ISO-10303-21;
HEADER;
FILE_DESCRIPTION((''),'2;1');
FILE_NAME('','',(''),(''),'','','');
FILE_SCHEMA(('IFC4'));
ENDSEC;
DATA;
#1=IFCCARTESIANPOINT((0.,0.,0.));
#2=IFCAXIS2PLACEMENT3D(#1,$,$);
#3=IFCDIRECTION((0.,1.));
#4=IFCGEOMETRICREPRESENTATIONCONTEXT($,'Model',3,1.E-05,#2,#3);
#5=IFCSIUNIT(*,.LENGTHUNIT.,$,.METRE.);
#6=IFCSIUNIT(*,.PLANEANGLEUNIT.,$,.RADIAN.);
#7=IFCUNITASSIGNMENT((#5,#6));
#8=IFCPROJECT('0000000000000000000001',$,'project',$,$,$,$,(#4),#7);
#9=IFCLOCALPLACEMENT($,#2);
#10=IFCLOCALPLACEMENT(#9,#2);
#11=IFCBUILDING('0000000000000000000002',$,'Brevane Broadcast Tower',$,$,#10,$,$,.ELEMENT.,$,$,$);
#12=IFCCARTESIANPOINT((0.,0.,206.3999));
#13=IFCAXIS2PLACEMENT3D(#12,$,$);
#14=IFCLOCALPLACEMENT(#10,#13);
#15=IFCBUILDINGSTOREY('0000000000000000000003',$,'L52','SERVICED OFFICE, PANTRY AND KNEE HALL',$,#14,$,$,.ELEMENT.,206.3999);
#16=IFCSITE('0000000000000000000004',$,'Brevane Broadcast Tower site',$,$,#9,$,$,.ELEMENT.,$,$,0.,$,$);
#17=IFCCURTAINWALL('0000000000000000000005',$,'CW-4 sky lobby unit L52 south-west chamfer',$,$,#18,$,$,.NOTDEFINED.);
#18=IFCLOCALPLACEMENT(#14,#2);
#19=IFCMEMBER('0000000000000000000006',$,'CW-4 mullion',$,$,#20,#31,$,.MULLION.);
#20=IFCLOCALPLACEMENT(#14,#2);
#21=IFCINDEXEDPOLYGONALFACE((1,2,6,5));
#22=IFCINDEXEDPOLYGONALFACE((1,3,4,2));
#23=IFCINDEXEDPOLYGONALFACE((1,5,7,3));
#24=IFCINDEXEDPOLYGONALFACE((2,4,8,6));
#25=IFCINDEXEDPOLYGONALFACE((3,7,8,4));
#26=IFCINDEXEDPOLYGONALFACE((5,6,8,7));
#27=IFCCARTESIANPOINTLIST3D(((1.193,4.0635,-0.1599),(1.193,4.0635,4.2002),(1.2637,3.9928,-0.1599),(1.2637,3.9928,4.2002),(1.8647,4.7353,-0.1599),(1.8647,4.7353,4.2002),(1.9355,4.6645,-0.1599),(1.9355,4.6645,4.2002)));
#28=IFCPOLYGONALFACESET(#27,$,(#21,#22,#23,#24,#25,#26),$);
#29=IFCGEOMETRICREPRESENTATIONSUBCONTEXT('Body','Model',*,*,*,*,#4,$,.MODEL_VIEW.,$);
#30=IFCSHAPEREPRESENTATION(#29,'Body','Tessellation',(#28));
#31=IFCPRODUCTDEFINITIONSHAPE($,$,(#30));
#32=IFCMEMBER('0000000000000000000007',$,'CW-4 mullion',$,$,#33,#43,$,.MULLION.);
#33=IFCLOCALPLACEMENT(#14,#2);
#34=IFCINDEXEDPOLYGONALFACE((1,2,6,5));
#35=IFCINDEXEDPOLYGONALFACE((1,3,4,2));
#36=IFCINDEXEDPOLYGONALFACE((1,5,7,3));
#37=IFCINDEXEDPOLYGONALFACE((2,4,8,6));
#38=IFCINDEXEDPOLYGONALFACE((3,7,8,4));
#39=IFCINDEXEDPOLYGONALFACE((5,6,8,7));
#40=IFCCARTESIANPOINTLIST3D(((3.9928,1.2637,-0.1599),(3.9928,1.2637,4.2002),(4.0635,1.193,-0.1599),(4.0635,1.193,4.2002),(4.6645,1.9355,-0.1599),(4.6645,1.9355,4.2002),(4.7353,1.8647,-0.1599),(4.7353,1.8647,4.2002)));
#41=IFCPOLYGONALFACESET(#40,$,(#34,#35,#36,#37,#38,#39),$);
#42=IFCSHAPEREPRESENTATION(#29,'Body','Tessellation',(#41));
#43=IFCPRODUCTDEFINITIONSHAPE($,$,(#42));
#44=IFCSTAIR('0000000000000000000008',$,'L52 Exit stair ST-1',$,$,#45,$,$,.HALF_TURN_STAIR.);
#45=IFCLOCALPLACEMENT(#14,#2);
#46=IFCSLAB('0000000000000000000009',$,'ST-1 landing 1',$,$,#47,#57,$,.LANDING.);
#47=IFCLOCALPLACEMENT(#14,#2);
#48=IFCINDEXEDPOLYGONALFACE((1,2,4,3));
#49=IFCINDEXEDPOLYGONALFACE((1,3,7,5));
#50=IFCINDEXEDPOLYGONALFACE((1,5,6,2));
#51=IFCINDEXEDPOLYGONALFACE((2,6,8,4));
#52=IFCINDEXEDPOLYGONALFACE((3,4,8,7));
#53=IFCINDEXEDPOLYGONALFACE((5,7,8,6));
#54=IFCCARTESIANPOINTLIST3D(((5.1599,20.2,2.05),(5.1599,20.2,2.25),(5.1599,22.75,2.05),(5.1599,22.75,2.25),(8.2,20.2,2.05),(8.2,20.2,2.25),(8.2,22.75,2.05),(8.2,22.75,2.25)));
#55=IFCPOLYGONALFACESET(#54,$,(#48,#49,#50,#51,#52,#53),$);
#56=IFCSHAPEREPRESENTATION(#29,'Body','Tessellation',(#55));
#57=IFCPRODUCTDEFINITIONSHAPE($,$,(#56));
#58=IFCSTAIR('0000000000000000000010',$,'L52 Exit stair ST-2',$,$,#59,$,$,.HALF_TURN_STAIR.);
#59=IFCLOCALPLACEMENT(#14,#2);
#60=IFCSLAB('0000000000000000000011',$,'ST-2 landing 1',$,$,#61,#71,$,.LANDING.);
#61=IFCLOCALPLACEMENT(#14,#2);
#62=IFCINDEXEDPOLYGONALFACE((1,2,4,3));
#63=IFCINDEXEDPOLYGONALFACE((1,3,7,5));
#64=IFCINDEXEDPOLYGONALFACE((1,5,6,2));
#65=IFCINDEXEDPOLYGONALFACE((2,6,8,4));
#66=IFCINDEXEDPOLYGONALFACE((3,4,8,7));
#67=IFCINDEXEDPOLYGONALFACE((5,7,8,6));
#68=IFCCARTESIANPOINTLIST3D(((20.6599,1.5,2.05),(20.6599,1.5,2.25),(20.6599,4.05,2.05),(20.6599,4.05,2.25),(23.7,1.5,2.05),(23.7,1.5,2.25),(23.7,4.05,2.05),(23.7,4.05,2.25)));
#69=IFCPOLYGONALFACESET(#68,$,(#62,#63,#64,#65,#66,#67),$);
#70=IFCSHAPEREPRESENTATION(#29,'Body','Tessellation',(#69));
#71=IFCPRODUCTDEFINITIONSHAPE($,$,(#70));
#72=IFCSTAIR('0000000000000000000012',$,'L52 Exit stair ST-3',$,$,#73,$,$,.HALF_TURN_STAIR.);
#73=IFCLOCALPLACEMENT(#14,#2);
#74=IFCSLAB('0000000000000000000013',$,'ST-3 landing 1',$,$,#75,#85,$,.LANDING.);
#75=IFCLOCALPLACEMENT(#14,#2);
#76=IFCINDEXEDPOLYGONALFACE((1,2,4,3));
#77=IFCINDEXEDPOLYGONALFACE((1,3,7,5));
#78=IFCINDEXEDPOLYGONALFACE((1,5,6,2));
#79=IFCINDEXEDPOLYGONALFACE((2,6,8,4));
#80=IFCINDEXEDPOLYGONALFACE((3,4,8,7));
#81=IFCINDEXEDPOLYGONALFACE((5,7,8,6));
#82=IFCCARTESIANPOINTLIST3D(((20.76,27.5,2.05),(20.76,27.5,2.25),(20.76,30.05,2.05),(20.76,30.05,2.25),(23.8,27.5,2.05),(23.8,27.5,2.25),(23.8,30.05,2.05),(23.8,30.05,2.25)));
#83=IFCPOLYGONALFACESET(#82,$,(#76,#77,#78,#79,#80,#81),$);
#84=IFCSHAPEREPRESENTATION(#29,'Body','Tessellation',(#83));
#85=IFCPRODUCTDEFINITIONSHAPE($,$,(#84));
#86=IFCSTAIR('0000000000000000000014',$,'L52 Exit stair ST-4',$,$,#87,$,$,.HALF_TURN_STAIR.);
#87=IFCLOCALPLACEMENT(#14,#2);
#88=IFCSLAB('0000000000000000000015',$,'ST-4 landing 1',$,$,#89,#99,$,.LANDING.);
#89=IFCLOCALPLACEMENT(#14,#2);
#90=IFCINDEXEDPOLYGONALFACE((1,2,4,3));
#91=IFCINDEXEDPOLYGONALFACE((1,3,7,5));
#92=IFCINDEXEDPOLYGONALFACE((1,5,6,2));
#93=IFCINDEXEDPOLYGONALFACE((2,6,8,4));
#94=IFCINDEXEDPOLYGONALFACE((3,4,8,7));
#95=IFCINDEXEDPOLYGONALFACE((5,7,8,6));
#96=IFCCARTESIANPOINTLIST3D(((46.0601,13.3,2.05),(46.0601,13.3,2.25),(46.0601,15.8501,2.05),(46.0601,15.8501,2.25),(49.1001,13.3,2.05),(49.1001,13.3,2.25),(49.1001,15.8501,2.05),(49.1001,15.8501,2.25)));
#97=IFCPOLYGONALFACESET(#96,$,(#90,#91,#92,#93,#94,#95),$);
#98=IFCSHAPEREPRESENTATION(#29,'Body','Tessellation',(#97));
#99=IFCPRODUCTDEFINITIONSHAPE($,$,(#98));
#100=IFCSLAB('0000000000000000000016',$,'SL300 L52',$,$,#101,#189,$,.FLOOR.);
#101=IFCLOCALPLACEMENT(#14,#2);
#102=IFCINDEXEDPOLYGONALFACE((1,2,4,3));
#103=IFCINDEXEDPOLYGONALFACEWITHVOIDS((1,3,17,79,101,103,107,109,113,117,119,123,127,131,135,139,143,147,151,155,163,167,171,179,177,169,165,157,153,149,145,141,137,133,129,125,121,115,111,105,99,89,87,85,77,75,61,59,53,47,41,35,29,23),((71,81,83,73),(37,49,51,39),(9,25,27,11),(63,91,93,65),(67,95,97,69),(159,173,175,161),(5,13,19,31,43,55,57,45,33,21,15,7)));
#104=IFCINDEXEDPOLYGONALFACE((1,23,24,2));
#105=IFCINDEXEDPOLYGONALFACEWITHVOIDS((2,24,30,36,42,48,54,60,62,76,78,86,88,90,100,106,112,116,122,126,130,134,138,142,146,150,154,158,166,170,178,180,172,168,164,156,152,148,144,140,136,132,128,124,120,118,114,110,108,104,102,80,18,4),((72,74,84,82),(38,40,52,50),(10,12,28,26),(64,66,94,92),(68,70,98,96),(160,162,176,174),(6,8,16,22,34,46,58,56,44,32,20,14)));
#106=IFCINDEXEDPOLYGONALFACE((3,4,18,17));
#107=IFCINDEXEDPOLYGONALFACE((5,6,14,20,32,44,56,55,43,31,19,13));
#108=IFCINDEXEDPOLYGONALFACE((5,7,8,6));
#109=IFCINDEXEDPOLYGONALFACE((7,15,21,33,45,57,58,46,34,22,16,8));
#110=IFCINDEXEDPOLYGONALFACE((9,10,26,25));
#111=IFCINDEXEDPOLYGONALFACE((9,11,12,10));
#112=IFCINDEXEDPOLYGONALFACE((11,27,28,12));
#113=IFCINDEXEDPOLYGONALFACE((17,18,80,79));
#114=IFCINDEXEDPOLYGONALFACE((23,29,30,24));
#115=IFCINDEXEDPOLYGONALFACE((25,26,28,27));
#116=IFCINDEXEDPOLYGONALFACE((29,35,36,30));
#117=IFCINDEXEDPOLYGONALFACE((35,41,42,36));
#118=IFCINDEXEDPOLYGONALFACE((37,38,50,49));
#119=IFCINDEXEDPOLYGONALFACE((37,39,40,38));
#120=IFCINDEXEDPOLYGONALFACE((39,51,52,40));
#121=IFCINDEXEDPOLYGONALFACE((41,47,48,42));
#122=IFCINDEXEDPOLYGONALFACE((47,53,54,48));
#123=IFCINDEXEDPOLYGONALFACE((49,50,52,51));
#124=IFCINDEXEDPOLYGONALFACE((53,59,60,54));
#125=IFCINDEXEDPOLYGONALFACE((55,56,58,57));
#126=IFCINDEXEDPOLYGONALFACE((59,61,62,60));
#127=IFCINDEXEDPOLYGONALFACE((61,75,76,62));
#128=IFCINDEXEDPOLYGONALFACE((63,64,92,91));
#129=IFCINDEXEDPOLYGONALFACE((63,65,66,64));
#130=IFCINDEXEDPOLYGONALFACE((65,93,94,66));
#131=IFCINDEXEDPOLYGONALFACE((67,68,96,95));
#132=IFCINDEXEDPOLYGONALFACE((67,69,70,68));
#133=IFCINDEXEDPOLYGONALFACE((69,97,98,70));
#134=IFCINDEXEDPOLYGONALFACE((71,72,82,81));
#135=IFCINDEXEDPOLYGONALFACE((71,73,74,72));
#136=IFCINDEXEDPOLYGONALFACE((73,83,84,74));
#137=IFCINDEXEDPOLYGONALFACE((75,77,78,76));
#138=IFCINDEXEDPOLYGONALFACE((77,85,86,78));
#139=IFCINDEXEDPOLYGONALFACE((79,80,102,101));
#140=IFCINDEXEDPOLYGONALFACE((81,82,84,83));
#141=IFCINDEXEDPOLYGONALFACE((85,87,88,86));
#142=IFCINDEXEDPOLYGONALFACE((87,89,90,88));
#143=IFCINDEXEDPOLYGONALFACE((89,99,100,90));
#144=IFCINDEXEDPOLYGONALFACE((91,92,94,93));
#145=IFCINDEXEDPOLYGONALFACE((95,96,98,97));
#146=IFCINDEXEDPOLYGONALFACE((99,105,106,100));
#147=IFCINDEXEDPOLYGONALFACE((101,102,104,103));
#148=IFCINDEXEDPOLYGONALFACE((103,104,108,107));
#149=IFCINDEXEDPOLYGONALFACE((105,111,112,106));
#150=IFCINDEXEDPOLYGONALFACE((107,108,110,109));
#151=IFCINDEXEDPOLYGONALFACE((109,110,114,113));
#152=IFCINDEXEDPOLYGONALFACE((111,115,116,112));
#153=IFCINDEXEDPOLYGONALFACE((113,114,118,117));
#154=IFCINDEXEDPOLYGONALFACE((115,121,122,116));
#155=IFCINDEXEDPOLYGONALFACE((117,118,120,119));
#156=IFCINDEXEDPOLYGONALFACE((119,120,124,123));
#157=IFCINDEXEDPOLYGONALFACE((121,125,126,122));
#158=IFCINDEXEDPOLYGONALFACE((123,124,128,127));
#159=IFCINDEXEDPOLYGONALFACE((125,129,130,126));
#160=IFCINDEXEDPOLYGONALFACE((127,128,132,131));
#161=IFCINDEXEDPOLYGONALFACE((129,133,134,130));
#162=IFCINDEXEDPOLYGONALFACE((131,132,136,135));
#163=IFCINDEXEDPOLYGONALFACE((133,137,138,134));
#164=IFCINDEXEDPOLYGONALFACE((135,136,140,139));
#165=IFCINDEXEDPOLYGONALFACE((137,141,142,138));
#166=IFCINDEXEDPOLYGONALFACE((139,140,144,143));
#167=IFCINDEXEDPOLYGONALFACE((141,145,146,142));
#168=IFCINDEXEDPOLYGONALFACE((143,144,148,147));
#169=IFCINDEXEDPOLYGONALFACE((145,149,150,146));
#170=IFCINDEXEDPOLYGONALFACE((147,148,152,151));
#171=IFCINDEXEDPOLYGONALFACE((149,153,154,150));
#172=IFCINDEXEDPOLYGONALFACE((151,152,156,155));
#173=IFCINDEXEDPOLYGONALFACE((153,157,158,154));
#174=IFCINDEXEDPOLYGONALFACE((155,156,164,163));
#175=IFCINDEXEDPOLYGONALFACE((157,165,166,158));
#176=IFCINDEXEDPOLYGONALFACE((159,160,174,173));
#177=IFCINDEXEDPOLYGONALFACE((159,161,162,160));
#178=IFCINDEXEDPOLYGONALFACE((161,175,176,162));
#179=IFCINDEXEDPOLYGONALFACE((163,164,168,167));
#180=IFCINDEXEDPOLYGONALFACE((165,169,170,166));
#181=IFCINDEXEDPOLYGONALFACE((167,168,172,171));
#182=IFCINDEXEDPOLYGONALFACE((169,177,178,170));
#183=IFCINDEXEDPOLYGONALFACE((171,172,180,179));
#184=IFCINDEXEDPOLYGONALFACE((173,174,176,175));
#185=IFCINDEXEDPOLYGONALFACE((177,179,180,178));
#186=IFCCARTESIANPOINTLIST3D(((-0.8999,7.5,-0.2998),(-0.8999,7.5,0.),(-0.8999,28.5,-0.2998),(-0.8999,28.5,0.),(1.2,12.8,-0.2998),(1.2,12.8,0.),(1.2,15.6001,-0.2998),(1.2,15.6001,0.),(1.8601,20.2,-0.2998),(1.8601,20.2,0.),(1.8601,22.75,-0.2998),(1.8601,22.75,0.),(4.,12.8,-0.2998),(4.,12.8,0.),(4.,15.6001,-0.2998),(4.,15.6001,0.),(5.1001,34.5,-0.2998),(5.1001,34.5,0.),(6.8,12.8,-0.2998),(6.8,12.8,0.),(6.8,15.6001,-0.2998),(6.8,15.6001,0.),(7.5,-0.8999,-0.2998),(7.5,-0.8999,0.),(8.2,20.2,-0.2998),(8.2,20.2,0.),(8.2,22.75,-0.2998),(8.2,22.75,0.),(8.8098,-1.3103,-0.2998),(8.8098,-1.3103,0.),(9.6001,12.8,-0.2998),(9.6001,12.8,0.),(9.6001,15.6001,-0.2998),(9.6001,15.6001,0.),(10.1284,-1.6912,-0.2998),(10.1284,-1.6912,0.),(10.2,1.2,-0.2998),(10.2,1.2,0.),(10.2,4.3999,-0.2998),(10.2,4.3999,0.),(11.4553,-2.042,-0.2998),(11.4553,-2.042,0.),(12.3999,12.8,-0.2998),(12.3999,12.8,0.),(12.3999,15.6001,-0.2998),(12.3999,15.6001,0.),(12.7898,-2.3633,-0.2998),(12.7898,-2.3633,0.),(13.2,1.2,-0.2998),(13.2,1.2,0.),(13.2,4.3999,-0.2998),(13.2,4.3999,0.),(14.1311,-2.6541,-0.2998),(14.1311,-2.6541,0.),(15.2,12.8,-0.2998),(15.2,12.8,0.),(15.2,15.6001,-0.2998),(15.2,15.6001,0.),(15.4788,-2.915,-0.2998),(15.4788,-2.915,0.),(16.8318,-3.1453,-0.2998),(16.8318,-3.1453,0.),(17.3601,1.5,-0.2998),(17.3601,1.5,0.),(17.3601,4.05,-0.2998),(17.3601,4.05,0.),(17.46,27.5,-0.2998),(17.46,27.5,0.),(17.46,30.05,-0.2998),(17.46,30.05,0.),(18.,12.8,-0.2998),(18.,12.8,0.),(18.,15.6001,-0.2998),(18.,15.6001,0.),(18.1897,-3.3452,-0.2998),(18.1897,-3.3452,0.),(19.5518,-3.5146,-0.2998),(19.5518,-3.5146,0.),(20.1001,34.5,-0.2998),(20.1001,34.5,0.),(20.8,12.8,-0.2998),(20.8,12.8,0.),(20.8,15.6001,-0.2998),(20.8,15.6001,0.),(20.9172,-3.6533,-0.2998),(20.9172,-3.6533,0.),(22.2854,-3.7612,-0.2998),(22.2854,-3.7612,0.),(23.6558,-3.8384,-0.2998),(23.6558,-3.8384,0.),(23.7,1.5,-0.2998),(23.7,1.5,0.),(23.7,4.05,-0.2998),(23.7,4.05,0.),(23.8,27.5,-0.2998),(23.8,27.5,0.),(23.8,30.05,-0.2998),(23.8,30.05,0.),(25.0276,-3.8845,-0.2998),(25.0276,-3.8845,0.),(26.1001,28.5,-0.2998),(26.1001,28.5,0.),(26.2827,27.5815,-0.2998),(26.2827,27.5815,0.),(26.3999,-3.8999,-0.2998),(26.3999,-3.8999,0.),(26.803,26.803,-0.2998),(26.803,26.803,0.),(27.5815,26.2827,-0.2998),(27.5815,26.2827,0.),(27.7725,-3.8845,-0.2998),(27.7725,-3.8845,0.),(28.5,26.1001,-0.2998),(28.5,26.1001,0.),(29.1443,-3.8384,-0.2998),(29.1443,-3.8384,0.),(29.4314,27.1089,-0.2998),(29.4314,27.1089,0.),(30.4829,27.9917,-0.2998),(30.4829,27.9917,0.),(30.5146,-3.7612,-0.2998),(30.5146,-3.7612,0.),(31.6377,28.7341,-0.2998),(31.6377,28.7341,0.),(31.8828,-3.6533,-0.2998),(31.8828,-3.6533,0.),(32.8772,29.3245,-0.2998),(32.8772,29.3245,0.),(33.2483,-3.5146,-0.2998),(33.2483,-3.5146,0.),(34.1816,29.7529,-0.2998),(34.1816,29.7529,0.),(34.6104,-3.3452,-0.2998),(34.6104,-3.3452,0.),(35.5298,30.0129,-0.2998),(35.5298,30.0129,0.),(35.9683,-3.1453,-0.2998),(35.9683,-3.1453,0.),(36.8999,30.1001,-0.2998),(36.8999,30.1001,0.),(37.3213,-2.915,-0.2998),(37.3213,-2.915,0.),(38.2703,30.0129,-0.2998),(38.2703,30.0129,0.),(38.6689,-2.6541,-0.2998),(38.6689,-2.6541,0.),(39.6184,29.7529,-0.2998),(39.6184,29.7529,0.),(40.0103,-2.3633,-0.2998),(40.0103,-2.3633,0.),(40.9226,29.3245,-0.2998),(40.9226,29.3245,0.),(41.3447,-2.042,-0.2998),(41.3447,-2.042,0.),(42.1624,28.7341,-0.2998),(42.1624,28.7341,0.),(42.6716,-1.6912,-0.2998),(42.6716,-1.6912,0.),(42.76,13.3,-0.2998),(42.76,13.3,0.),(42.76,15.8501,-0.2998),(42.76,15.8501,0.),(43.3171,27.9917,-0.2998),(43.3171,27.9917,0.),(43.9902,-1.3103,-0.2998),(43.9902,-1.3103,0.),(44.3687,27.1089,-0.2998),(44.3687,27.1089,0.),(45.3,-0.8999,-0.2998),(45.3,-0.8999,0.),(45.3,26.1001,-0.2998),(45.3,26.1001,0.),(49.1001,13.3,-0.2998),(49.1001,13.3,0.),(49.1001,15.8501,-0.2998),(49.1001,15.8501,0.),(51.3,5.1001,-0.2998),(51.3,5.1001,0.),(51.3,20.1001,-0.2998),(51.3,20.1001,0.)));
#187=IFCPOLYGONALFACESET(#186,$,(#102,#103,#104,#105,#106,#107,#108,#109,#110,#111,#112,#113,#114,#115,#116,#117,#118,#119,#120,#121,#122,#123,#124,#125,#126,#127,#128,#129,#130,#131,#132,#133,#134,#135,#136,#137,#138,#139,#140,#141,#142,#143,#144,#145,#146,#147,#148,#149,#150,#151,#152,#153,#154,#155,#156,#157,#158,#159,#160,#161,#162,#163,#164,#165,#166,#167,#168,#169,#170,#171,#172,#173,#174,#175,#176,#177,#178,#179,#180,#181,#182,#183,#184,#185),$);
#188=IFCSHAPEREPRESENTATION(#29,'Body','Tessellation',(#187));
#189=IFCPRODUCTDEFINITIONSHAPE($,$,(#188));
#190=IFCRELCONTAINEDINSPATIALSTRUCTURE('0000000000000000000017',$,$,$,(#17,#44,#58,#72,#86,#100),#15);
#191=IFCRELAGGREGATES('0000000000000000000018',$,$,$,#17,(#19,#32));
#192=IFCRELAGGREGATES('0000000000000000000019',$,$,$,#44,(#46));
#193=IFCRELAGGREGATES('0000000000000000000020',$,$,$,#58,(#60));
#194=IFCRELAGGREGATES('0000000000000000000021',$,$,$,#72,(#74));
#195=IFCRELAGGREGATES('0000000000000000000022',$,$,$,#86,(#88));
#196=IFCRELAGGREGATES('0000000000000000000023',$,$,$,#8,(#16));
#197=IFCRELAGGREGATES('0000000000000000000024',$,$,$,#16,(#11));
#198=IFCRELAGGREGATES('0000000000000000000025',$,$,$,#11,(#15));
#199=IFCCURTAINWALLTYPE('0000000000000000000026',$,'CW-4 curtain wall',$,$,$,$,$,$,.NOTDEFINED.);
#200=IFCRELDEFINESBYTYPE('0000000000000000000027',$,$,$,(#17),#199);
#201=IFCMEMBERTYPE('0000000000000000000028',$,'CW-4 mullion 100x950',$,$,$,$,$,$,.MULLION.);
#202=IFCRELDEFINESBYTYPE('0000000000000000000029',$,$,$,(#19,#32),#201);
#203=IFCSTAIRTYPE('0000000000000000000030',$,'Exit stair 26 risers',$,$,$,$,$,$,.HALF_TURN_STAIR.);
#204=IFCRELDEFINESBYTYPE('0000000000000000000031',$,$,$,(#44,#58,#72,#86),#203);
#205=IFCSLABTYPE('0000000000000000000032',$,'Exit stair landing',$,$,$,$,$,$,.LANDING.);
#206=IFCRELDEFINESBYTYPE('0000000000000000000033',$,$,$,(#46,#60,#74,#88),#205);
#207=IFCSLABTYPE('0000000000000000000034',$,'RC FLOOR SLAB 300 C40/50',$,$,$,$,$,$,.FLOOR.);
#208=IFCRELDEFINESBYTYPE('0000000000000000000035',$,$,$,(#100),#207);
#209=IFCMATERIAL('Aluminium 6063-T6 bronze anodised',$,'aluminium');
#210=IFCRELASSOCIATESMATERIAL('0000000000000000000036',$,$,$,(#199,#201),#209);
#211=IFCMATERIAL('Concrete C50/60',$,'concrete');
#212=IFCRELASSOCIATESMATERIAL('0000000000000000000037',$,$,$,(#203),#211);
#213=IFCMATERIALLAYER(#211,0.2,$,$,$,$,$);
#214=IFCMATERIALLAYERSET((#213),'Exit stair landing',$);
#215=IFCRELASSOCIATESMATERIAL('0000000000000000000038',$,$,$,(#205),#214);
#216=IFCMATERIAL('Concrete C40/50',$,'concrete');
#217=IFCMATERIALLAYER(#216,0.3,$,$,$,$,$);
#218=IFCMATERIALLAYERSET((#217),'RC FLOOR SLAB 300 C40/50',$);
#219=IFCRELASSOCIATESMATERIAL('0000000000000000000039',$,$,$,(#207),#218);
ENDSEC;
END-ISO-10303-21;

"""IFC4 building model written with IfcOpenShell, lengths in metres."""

from ifc_helpers import new_model, si_unit, direction, frame, origin, origin_2d, place, context, subcontext, project, spatial, polyline, rectangle, outline, extrude, material, layer, layer_set, material_profile, profile_set, type_object, element, aggregate, save


model = new_model("IFC4")

# Units and contexts
model_context = context("Model", 3, precision=1e-05, world=origin(), true_north=direction((0.0, 1.0)))
body_context = subcontext(model_context, "Body", "Model", "MODEL_VIEW")
ifc_project = project(units=[si_unit("LENGTHUNIT", "METRE"), si_unit("PLANEANGLEUNIT", "RADIAN")], contexts=[model_context])

# Site, building, storey
site_placement = place(None, origin())
site = spatial("IfcSite", under=ifc_project, at=site_placement, Name="Brevane Broadcast Tower site", CompositionType="ELEMENT", RefElevation=0.0)
building_placement = place(site_placement, origin())
building = spatial("IfcBuilding", under=site, at=building_placement, Name="Brevane Broadcast Tower", CompositionType="ELEMENT")
storey_placement = place(building_placement, frame((0.0, 0.0, 206.3999)))
storey = spatial("IfcBuildingStorey", under=building, at=storey_placement, Name="L52", Description="SERVICED OFFICE, PANTRY AND KNEE HALL", CompositionType="ELEMENT", Elevation=206.3999)

# Curtain wall, members
ifc_material_1 = material(Name="Aluminium 6063-T6 bronze anodised", Category="aluminium")
curtain_wall_type = type_object("IfcCurtainWallType", Name="CW-4 curtain wall", PredefinedType="NOTDEFINED", material=ifc_material_1)
curtain_wall_1_placement = place(storey_placement, origin())
curtain_wall_1 = element("IfcCurtainWall", 1, at=curtain_wall_1_placement, inside=storey, type_object=curtain_wall_type, Name="CW-4 sky lobby unit L52 south-west chamfer", PredefinedType="NOTDEFINED")
ifc_material_profile = material_profile(ifc_material_1, rectangle(XDim=0.95, YDim=0.1001, at=origin_2d()), Name="RECT 100x950")
ifc_profile_set = profile_set([ifc_material_profile], Name="Aluminium 6063-T6 bronze anodised")
member_type = type_object("IfcMemberType", Name="CW-4 mullion 100x950", PredefinedType="MULLION", material=ifc_profile_set)
member_1_placement = place(storey_placement, frame((1.5642, 4.364, -0.1599), z_axis=(0.0, 0.0, 1.0), x_axis=(0.707107, 0.707107, 0.0)))
member_1 = element("IfcMember", 2, at=member_1_placement, type_object=member_type, Name="CW-4 mullion", PredefinedType="MULLION", context=body_context, shape_type="SweptSolid", body=[
    extrude(rectangle(XDim=0.95, YDim=0.1001, at=origin_2d()), origin(), (0.0, 0.0, 1.0), 4.3601),
])
member_2_placement = place(storey_placement, frame((4.364, 1.5642, -0.1599), z_axis=(0.0, 0.0, 1.0), x_axis=(0.707107, 0.707107, 0.0)))
member_2 = element("IfcMember", 3, at=member_2_placement, type_object=member_type, Name="CW-4 mullion", PredefinedType="MULLION", context=body_context, shape_type="SweptSolid", body=[
    extrude(rectangle(XDim=0.95, YDim=0.1001, at=origin_2d()), origin(), (0.0, 0.0, 1.0), 4.3601),
])
aggregate(curtain_wall_1, [member_1, member_2])

# Stairs, slabs
ifc_material_2 = material(Name="Concrete C50/60", Category="concrete")
stair_type = type_object("IfcStairType", Name="Exit stair 26 risers", PredefinedType="HALF_TURN_STAIR", material=ifc_material_2)
stair_1_placement = place(storey_placement, origin())
stair_1 = element("IfcStair", 4, at=stair_1_placement, inside=storey, type_object=stair_type, Name="L52 Exit stair ST-1", PredefinedType="HALF_TURN_STAIR")
ifc_layer_1 = layer(ifc_material_2, 0.2)
ifc_layer_set_1 = layer_set([ifc_layer_1], Name="Exit stair landing")
slab_type_1 = type_object("IfcSlabType", Name="Exit stair landing", PredefinedType="LANDING", material=ifc_layer_set_1)
slab_1_placement = place(storey_placement, frame((0.0, 0.0, 2.05)))
slab_1 = element("IfcSlab", 5, at=slab_1_placement, type_object=slab_type_1, Name="ST-1 landing 1", PredefinedType="LANDING", context=body_context, shape_type="SweptSolid", body=[
    extrude(outline(polyline([(5.1599, 20.2), (8.2, 20.2), (8.2, 22.75), (5.1599, 22.75), (5.1599, 20.2)])), origin(), (0.0, 0.0, 1.0), 0.2),
])
aggregate(stair_1, [slab_1])
stair_2_placement = place(storey_placement, origin())
stair_2 = element("IfcStair", 6, at=stair_2_placement, inside=storey, type_object=stair_type, Name="L52 Exit stair ST-2", PredefinedType="HALF_TURN_STAIR")
slab_2_placement = place(storey_placement, frame((0.0, 0.0, 2.05)))
slab_2 = element("IfcSlab", 7, at=slab_2_placement, type_object=slab_type_1, Name="ST-2 landing 1", PredefinedType="LANDING", context=body_context, shape_type="SweptSolid", body=[
    extrude(outline(polyline([(20.6599, 1.5), (23.7, 1.5), (23.7, 4.05), (20.6599, 4.05), (20.6599, 1.5)])), origin(), (0.0, 0.0, 1.0), 0.2),
])
aggregate(stair_2, [slab_2])
stair_3_placement = place(storey_placement, origin())
stair_3 = element("IfcStair", 8, at=stair_3_placement, inside=storey, type_object=stair_type, Name="L52 Exit stair ST-3", PredefinedType="HALF_TURN_STAIR")
slab_3_placement = place(storey_placement, frame((0.0, 0.0, 2.05)))
slab_3 = element("IfcSlab", 9, at=slab_3_placement, type_object=slab_type_1, Name="ST-3 landing 1", PredefinedType="LANDING", context=body_context, shape_type="SweptSolid", body=[
    extrude(outline(polyline([(20.76, 27.5), (23.8, 27.5), (23.8, 30.05), (20.76, 30.05), (20.76, 27.5)])), origin(), (0.0, 0.0, 1.0), 0.2),
])
aggregate(stair_3, [slab_3])
stair_4_placement = place(storey_placement, origin())
stair_4 = element("IfcStair", 10, at=stair_4_placement, inside=storey, type_object=stair_type, Name="L52 Exit stair ST-4", PredefinedType="HALF_TURN_STAIR")
slab_4_placement = place(storey_placement, frame((0.0, 0.0, 2.05)))
slab_4 = element("IfcSlab", 11, at=slab_4_placement, type_object=slab_type_1, Name="ST-4 landing 1", PredefinedType="LANDING", context=body_context, shape_type="SweptSolid", body=[
    extrude(outline(polyline([(46.0601, 13.3), (49.1001, 13.3), (49.1001, 15.8501), (46.0601, 15.8501), (46.0601, 13.3)])), origin(), (0.0, 0.0, 1.0), 0.2),
])
aggregate(stair_4, [slab_4])

# Slab
ifc_material_3 = material(Name="Concrete C40/50", Category="concrete")
ifc_layer_2 = layer(ifc_material_3, 0.3)
ifc_layer_set_2 = layer_set([ifc_layer_2], Name="RC FLOOR SLAB 300 C40/50")
slab_type_2 = type_object("IfcSlabType", Name="RC FLOOR SLAB 300 C40/50", PredefinedType="FLOOR", material=ifc_layer_set_2)
slab_5_placement = place(storey_placement, frame((0.0, 0.0, -0.2998)))
element("IfcSlab", 12, at=slab_5_placement, inside=storey, type_object=slab_type_2, Name="SL300 L52", PredefinedType="FLOOR", context=body_context, shape_type="SweptSolid", body=[
    extrude(outline(polyline([(-0.8999, 7.5), (-0.8999, 28.5), (5.1001, 34.5), (20.1001, 34.5), (26.1001, 28.5), (26.2827, 27.5815), (26.803, 26.803), (27.5815, 26.2827), (28.5, 26.1001), (29.4314, 27.1089), (30.4829, 27.9917), (31.6377, 28.7341), (32.8772, 29.3245), (34.1816, 29.7529), (35.5298, 30.0129), (36.8999, 30.1001), (38.2703, 30.0129), (39.6184, 29.7529), (40.9226, 29.3245), (42.1624, 28.7341), (43.3171, 27.9917), (44.3687, 27.1089), (45.3, 26.1001), (51.3, 20.1001), (51.3, 5.1001), (45.3, -0.8999), (43.9902, -1.3103), (42.6716, -1.6912), (41.3447, -2.042), (40.0103, -2.3633), (38.6689, -2.6541), (37.3213, -2.915), (35.9683, -3.1453), (34.6104, -3.3452), (33.2483, -3.5146), (31.8828, -3.6533), (30.5146, -3.7612), (29.1443, -3.8384), (27.7725, -3.8845), (26.3999, -3.8999), (25.0276, -3.8845), (23.6558, -3.8384), (22.2854, -3.7612), (20.9172, -3.6533), (19.5518, -3.5146), (18.1897, -3.3452), (16.8318, -3.1453), (15.4788, -2.915), (14.1311, -2.6541), (12.7898, -2.3633), (11.4553, -2.042), (10.1284, -1.6912), (8.8098, -1.3103), (7.5, -0.8999), (-0.8999, 7.5)]), holes=[polyline([(13.2, 4.3999), (10.2, 4.3999), (10.2, 1.2), (13.2, 1.2), (13.2, 4.3999)]), polyline([(4.0, 15.6001), (1.2, 15.6001), (1.2, 12.8), (4.0, 12.8), (6.8, 12.8), (9.6001, 12.8), (12.3999, 12.8), (15.2, 12.8), (15.2, 15.6001), (12.3999, 15.6001), (9.6001, 15.6001), (6.8, 15.6001), (4.0, 15.6001)]), polyline([(1.8601, 22.75), (1.8601, 20.2), (8.2, 20.2), (8.2, 22.75), (1.8601, 22.75)]), polyline([(23.7, 4.05), (17.3601, 4.05), (17.3601, 1.5), (23.7, 1.5), (23.7, 4.05)]), polyline([(20.8, 15.6001), (18.0, 15.6001), (18.0, 12.8), (20.8, 12.8), (20.8, 15.6001)]), polyline([(49.1001, 15.8501), (42.76, 15.8501), (42.76, 13.3), (49.1001, 13.3), (49.1001, 15.8501)]), polyline([(23.8, 30.05), (17.46, 30.05), (17.46, 27.5), (23.8, 27.5), (23.8, 30.05)])]), origin(), (0.0, 0.0, 1.0), 0.2998),
])

save(model, "model.ifc")
